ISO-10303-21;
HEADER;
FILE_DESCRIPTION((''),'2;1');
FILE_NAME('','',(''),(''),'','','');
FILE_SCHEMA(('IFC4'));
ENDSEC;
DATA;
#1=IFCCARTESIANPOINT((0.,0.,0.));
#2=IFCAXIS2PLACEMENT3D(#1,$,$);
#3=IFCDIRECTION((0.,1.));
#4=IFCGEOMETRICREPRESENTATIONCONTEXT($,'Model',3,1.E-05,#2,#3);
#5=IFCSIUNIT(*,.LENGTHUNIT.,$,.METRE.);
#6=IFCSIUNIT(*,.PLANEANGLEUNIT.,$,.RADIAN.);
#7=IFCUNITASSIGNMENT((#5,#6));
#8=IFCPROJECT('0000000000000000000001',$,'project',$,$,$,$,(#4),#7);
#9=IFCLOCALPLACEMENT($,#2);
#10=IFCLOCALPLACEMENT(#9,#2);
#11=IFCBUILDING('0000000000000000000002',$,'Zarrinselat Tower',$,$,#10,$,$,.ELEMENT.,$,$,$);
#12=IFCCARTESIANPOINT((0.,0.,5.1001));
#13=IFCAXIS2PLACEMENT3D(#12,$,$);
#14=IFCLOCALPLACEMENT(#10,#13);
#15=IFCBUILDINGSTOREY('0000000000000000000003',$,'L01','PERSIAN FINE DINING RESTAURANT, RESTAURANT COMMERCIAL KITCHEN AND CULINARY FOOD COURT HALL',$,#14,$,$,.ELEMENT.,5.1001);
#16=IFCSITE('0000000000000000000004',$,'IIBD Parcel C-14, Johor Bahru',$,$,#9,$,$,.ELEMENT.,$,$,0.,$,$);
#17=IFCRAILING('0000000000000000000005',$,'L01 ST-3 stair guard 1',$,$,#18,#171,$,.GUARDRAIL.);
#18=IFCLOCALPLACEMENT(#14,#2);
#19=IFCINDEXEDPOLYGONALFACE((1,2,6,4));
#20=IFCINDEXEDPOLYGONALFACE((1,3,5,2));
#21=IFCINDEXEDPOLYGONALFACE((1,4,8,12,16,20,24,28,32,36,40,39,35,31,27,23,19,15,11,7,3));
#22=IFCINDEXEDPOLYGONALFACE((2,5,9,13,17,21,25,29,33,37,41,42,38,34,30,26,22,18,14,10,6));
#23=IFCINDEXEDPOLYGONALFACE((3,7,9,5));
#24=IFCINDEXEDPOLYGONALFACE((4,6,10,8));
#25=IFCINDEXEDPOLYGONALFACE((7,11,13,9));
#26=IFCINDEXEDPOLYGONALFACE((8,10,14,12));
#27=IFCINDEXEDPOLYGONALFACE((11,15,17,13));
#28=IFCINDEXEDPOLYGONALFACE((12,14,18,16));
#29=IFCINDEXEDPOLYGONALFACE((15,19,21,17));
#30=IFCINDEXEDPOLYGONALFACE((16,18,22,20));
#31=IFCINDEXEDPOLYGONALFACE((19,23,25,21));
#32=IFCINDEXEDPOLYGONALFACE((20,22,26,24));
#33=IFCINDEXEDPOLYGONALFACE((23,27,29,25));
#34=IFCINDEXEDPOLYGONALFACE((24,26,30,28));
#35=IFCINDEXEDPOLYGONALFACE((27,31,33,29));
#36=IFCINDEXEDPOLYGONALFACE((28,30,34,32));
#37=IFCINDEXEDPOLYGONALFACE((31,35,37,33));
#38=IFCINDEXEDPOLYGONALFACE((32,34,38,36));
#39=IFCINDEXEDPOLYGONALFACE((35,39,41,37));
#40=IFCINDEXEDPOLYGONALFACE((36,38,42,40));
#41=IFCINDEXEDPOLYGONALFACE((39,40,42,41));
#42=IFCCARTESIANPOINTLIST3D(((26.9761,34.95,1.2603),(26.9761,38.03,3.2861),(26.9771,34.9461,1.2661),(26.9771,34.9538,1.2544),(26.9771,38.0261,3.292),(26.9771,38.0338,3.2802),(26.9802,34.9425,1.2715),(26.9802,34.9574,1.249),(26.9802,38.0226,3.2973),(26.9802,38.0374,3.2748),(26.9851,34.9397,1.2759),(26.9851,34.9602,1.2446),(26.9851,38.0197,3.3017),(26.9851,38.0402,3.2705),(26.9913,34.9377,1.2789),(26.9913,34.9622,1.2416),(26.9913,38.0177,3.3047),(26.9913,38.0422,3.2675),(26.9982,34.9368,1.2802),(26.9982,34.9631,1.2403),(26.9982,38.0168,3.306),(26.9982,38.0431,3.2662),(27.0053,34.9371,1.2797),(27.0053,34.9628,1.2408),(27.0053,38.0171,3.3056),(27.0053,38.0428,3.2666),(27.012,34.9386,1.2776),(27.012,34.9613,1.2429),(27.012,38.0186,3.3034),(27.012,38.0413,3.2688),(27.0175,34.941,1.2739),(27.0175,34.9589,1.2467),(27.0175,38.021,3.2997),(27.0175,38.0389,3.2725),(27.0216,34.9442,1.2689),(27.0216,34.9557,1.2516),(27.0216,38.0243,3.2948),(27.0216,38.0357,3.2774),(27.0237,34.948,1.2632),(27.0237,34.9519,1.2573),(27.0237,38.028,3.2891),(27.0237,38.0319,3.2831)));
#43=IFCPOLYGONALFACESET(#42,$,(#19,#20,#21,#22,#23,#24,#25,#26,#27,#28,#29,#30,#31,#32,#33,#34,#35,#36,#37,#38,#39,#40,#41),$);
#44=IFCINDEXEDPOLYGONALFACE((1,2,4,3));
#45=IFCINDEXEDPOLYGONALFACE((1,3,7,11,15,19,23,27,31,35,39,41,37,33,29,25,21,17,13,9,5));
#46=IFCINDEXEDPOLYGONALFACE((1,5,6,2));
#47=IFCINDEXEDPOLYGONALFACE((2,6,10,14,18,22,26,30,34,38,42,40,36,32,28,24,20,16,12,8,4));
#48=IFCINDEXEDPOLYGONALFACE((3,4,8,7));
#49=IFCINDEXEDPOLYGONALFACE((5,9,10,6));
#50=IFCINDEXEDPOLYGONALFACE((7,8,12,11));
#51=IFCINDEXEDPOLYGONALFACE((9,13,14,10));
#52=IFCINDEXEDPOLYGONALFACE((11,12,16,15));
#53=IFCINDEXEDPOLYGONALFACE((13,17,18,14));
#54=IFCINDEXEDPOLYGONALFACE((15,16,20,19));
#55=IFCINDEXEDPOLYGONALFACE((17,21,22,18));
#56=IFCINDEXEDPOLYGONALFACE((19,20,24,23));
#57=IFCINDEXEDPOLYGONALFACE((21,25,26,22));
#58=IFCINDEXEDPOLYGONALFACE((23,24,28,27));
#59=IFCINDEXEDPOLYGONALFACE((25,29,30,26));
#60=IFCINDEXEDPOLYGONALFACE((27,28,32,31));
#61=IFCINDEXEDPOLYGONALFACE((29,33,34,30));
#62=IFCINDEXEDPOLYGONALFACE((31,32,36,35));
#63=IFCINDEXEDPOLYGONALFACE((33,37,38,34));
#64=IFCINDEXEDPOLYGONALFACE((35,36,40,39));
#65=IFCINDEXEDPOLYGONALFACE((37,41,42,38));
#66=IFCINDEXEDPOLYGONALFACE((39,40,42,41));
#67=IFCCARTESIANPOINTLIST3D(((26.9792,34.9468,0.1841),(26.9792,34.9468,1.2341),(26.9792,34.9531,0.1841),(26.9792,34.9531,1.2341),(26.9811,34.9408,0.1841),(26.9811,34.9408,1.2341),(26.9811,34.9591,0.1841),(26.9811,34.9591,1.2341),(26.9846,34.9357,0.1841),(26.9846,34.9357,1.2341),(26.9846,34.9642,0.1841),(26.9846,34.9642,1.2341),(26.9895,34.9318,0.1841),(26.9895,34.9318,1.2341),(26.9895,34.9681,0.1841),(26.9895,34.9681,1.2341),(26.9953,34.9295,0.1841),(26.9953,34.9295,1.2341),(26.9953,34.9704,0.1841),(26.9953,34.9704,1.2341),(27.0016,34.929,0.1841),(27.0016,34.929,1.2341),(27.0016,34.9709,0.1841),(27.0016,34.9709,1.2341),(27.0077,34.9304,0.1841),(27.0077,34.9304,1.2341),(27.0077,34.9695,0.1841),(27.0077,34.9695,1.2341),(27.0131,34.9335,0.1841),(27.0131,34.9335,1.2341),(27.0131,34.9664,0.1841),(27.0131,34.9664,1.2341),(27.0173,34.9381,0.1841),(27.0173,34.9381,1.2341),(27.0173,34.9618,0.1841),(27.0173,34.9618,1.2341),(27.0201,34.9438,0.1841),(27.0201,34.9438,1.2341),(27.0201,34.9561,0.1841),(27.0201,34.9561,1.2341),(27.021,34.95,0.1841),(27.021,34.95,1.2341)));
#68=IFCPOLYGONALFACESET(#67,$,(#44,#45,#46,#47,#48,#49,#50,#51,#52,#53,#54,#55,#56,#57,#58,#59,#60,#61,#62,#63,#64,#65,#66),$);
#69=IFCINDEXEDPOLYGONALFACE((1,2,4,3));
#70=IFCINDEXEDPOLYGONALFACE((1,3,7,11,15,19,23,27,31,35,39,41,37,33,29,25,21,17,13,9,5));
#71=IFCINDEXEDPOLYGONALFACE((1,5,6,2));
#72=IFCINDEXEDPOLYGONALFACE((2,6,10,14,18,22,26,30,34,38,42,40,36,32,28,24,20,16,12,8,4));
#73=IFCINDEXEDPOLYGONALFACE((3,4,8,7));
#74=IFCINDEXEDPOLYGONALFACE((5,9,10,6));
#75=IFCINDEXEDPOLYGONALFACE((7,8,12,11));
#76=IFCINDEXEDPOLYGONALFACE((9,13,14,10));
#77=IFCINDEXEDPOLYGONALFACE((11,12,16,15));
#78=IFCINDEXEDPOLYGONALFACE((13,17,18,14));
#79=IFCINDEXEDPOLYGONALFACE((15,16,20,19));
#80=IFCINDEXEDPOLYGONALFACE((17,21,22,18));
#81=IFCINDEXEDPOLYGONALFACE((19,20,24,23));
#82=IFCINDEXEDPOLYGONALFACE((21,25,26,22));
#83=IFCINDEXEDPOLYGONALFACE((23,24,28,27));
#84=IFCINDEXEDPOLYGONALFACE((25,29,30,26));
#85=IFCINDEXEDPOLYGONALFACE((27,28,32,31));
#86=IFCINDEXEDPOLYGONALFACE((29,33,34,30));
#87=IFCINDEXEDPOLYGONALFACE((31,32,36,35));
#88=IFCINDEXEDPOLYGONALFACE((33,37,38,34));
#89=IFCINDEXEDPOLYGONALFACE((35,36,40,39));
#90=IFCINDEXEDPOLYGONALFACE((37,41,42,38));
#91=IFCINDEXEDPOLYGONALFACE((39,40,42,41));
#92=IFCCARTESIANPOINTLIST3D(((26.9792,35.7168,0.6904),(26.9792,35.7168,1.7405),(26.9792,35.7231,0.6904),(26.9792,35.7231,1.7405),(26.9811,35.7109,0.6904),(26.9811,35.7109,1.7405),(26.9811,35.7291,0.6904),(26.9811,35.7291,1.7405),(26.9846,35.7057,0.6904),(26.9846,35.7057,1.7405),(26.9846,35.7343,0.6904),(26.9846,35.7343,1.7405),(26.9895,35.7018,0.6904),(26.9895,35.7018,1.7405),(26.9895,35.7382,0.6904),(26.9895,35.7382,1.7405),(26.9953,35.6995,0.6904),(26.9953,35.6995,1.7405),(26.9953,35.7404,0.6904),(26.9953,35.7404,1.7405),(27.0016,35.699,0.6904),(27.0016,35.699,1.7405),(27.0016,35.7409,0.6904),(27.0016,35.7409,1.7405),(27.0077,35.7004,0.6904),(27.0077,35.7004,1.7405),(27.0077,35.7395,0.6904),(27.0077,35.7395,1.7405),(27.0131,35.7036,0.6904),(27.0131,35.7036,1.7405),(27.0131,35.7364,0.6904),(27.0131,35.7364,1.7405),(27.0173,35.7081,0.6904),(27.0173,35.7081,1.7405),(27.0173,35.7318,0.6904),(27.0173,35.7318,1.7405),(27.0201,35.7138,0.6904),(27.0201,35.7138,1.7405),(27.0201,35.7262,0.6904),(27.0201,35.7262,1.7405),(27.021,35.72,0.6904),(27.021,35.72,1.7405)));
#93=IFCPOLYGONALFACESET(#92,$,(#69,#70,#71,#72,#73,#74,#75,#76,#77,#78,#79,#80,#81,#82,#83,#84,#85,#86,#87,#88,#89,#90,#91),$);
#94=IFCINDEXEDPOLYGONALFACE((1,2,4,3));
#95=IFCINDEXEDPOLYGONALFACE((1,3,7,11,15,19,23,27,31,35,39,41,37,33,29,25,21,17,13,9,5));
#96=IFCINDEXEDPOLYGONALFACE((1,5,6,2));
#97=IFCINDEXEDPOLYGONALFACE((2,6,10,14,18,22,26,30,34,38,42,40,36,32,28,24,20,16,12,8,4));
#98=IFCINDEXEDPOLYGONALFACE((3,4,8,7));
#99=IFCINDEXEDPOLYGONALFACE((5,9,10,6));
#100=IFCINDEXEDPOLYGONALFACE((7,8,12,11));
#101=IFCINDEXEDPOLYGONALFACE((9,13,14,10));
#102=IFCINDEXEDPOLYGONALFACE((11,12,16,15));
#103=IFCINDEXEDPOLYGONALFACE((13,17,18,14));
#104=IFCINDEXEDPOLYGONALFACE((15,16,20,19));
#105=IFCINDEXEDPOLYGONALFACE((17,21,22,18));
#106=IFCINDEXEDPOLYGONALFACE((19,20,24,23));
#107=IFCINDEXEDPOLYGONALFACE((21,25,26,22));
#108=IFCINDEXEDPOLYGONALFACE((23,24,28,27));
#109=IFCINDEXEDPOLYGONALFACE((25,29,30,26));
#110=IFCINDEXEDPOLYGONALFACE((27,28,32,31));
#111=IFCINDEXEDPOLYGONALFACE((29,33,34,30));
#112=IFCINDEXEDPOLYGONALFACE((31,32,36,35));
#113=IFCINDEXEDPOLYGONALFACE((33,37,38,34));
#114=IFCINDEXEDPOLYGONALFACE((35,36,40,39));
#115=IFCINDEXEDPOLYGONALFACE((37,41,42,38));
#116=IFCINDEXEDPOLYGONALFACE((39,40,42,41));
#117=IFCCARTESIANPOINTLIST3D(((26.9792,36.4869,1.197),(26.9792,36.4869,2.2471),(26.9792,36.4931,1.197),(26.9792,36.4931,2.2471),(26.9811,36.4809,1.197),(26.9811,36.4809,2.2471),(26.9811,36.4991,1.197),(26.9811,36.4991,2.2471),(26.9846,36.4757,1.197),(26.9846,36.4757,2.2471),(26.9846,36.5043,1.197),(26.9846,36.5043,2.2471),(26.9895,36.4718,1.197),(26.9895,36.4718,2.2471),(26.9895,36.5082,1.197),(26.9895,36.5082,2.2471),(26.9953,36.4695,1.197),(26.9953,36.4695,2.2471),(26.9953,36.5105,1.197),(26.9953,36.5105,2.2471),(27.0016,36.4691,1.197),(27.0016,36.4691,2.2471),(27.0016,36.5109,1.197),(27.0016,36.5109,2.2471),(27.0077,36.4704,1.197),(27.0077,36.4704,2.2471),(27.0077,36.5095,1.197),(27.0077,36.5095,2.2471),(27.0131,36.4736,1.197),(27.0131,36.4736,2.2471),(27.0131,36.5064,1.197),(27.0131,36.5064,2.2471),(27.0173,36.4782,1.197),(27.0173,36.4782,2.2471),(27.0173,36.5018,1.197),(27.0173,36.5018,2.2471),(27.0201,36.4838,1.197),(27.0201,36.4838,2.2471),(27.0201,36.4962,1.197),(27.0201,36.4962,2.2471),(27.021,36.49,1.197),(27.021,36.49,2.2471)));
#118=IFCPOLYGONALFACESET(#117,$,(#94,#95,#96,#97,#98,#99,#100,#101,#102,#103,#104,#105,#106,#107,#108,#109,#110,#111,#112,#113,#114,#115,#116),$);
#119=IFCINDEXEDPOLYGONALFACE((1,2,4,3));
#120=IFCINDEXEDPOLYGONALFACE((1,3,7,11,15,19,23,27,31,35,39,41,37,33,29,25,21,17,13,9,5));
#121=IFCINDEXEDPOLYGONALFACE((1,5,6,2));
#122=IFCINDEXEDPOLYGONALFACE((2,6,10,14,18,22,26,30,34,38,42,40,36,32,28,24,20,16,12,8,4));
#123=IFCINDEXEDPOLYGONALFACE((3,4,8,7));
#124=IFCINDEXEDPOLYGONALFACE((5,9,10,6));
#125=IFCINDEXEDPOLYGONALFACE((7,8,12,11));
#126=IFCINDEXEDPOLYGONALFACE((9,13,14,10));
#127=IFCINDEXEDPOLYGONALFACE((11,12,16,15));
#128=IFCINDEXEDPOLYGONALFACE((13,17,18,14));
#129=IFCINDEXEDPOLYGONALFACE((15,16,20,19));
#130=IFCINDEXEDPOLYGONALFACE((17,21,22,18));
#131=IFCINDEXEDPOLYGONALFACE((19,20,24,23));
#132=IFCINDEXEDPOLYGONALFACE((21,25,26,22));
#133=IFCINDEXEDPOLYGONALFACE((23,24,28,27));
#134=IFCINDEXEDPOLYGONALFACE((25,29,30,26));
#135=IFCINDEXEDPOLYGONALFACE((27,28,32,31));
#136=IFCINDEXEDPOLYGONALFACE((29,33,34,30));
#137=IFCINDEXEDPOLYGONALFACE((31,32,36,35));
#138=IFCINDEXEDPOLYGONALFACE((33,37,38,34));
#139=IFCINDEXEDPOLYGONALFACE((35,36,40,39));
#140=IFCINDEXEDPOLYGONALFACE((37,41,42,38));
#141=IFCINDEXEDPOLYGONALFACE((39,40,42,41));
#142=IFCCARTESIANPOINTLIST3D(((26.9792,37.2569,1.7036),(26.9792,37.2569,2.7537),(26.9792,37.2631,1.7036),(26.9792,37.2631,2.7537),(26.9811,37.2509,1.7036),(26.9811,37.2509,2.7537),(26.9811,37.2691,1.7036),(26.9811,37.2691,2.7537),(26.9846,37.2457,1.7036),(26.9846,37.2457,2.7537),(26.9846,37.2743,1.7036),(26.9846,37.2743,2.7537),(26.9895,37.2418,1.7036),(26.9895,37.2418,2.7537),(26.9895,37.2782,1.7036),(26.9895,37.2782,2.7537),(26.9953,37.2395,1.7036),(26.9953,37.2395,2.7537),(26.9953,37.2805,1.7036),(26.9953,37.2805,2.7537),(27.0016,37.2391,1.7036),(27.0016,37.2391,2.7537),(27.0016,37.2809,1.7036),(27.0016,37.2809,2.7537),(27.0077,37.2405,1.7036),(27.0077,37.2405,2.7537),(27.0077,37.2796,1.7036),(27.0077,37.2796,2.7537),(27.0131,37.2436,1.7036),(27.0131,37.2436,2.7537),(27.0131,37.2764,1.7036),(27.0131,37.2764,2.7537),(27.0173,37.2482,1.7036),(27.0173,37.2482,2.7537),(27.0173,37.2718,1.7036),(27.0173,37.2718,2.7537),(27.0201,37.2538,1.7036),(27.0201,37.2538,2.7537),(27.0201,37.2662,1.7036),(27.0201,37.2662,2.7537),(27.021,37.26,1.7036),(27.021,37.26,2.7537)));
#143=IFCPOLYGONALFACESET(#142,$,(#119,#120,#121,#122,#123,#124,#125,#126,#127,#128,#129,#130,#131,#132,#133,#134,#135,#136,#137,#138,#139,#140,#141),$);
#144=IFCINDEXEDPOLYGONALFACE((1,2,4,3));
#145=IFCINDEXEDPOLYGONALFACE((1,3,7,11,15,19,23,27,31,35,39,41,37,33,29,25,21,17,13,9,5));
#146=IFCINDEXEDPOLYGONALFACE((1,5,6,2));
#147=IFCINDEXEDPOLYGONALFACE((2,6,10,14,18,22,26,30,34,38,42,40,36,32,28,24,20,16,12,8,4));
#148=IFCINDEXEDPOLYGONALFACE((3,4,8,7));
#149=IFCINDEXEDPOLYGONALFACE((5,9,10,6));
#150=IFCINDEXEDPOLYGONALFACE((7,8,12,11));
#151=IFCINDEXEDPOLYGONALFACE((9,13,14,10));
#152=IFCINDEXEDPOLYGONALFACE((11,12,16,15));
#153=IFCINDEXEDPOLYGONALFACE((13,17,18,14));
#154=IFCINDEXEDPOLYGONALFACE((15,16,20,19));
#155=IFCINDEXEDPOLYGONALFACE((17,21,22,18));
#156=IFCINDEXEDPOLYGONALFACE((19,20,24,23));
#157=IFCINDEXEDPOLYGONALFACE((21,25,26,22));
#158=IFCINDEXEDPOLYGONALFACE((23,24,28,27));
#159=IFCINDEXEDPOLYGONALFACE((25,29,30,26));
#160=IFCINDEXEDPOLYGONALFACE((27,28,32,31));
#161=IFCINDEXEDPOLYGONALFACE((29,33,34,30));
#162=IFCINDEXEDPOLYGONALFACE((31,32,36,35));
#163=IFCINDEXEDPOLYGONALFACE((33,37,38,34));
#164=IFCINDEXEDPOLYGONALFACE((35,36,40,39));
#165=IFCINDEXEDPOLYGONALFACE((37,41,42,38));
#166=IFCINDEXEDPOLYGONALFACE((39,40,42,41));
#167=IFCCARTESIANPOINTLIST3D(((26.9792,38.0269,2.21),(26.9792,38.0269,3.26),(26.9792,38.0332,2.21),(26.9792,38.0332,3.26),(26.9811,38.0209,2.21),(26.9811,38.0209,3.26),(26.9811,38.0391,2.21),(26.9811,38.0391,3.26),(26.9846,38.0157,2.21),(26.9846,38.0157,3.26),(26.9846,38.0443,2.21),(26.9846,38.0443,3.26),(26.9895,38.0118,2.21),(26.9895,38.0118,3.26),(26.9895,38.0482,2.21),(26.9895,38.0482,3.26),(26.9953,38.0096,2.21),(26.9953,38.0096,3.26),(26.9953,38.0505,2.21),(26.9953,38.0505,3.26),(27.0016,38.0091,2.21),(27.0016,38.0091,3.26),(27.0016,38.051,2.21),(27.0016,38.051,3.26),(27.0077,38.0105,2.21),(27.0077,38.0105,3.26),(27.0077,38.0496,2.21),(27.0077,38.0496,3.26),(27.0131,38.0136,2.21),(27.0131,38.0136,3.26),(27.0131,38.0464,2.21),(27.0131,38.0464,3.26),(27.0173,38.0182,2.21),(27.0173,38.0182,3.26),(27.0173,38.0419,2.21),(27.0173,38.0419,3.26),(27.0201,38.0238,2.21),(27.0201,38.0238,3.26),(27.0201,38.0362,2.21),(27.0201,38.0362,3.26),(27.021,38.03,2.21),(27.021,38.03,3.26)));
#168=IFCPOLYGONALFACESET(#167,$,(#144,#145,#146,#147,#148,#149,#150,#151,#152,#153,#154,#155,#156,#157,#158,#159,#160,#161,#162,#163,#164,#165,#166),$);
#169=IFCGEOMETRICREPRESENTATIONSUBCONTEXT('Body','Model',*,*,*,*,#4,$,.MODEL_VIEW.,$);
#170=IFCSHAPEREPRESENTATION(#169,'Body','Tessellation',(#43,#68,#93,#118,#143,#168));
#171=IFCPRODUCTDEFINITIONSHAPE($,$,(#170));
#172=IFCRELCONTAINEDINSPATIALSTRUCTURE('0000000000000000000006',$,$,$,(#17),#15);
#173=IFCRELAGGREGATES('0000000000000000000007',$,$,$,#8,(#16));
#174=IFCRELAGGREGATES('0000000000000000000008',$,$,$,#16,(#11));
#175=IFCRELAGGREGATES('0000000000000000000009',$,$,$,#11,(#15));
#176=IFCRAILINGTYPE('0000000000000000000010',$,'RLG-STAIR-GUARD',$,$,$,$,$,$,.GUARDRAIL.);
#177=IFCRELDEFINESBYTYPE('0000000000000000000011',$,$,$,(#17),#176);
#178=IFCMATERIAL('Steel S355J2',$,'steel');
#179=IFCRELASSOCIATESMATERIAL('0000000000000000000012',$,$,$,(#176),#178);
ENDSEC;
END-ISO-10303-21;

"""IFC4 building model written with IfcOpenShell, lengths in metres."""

from ifc_helpers import new_model, si_unit, direction, frame, origin, origin_2d, place, context, subcontext, project, spatial, circle, extrude, material, type_object, element, save


model = new_model("IFC4")

# Units and contexts
model_context = context("Model", 3, precision=1e-05, world=origin(), true_north=direction((0.0, 1.0)))
body_context = subcontext(model_context, "Body", "Model", "MODEL_VIEW")
ifc_project = project(units=[si_unit("LENGTHUNIT", "METRE"), si_unit("PLANEANGLEUNIT", "RADIAN")], contexts=[model_context])

# Site, building, storey
site_placement = place(None, origin())
site = spatial("IfcSite", under=ifc_project, at=site_placement, Name="IIBD Parcel C-14, Johor Bahru", CompositionType="ELEMENT", RefElevation=0.0)
building_placement = place(site_placement, origin())
building = spatial("IfcBuilding", under=site, at=building_placement, Name="Zarrinselat Tower", CompositionType="ELEMENT")
storey_placement = place(building_placement, frame((0.0, 0.0, 5.1001)))
storey = spatial("IfcBuildingStorey", under=building, at=storey_placement, Name="L01", Description="PERSIAN FINE DINING RESTAURANT, RESTAURANT COMMERCIAL KITCHEN AND CULINARY FOOD COURT HALL", CompositionType="ELEMENT", Elevation=5.1001)

# Railing
ifc_material_1 = material(Name="Steel S355J2", Category="steel")
railing_type_1 = type_object("IfcRailingType", Name="RLG-STAIR-GUARD", PredefinedType="GUARDRAIL", material=ifc_material_1)
railing_1_placement = place(storey_placement, frame((27.0, 34.95, 0.1841)))
element("IfcRailing", 1, at=railing_1_placement, inside=storey, type_object=railing_type_1, Name="L01 ST-3 stair guard 1", PredefinedType="GUARDRAIL", context=body_context, shape_type="SweptSolid", body=[
    extrude(circle(Radius=0.0239, at=origin_2d()), frame((0.0, 0.0, 1.0762), z_axis=(0.0, 0.835478, 0.549524), x_axis=(-1.0, 0.0, 0.0)), (0.0, 0.0, 1.0), 3.6865),
    extrude(circle(Radius=0.021, at=origin_2d()), origin(), (0.0, 0.0, 1.0), 1.05),
    extrude(circle(Radius=0.021, at=origin_2d()), frame((0.0, 0.77, 0.5063)), (0.0, 0.0, 1.0), 1.05),
    extrude(circle(Radius=0.021, at=origin_2d()), frame((0.0, 1.54, 1.0129)), (0.0, 0.0, 1.0), 1.05),
    extrude(circle(Radius=0.021, at=origin_2d()), frame((0.0, 2.3101, 1.5195)), (0.0, 0.0, 1.0), 1.05),
    extrude(circle(Radius=0.021, at=origin_2d()), frame((0.0, 3.0801, 2.0259)), (0.0, 0.0, 1.0), 1.05),
])

save(model, "model.ifc")
